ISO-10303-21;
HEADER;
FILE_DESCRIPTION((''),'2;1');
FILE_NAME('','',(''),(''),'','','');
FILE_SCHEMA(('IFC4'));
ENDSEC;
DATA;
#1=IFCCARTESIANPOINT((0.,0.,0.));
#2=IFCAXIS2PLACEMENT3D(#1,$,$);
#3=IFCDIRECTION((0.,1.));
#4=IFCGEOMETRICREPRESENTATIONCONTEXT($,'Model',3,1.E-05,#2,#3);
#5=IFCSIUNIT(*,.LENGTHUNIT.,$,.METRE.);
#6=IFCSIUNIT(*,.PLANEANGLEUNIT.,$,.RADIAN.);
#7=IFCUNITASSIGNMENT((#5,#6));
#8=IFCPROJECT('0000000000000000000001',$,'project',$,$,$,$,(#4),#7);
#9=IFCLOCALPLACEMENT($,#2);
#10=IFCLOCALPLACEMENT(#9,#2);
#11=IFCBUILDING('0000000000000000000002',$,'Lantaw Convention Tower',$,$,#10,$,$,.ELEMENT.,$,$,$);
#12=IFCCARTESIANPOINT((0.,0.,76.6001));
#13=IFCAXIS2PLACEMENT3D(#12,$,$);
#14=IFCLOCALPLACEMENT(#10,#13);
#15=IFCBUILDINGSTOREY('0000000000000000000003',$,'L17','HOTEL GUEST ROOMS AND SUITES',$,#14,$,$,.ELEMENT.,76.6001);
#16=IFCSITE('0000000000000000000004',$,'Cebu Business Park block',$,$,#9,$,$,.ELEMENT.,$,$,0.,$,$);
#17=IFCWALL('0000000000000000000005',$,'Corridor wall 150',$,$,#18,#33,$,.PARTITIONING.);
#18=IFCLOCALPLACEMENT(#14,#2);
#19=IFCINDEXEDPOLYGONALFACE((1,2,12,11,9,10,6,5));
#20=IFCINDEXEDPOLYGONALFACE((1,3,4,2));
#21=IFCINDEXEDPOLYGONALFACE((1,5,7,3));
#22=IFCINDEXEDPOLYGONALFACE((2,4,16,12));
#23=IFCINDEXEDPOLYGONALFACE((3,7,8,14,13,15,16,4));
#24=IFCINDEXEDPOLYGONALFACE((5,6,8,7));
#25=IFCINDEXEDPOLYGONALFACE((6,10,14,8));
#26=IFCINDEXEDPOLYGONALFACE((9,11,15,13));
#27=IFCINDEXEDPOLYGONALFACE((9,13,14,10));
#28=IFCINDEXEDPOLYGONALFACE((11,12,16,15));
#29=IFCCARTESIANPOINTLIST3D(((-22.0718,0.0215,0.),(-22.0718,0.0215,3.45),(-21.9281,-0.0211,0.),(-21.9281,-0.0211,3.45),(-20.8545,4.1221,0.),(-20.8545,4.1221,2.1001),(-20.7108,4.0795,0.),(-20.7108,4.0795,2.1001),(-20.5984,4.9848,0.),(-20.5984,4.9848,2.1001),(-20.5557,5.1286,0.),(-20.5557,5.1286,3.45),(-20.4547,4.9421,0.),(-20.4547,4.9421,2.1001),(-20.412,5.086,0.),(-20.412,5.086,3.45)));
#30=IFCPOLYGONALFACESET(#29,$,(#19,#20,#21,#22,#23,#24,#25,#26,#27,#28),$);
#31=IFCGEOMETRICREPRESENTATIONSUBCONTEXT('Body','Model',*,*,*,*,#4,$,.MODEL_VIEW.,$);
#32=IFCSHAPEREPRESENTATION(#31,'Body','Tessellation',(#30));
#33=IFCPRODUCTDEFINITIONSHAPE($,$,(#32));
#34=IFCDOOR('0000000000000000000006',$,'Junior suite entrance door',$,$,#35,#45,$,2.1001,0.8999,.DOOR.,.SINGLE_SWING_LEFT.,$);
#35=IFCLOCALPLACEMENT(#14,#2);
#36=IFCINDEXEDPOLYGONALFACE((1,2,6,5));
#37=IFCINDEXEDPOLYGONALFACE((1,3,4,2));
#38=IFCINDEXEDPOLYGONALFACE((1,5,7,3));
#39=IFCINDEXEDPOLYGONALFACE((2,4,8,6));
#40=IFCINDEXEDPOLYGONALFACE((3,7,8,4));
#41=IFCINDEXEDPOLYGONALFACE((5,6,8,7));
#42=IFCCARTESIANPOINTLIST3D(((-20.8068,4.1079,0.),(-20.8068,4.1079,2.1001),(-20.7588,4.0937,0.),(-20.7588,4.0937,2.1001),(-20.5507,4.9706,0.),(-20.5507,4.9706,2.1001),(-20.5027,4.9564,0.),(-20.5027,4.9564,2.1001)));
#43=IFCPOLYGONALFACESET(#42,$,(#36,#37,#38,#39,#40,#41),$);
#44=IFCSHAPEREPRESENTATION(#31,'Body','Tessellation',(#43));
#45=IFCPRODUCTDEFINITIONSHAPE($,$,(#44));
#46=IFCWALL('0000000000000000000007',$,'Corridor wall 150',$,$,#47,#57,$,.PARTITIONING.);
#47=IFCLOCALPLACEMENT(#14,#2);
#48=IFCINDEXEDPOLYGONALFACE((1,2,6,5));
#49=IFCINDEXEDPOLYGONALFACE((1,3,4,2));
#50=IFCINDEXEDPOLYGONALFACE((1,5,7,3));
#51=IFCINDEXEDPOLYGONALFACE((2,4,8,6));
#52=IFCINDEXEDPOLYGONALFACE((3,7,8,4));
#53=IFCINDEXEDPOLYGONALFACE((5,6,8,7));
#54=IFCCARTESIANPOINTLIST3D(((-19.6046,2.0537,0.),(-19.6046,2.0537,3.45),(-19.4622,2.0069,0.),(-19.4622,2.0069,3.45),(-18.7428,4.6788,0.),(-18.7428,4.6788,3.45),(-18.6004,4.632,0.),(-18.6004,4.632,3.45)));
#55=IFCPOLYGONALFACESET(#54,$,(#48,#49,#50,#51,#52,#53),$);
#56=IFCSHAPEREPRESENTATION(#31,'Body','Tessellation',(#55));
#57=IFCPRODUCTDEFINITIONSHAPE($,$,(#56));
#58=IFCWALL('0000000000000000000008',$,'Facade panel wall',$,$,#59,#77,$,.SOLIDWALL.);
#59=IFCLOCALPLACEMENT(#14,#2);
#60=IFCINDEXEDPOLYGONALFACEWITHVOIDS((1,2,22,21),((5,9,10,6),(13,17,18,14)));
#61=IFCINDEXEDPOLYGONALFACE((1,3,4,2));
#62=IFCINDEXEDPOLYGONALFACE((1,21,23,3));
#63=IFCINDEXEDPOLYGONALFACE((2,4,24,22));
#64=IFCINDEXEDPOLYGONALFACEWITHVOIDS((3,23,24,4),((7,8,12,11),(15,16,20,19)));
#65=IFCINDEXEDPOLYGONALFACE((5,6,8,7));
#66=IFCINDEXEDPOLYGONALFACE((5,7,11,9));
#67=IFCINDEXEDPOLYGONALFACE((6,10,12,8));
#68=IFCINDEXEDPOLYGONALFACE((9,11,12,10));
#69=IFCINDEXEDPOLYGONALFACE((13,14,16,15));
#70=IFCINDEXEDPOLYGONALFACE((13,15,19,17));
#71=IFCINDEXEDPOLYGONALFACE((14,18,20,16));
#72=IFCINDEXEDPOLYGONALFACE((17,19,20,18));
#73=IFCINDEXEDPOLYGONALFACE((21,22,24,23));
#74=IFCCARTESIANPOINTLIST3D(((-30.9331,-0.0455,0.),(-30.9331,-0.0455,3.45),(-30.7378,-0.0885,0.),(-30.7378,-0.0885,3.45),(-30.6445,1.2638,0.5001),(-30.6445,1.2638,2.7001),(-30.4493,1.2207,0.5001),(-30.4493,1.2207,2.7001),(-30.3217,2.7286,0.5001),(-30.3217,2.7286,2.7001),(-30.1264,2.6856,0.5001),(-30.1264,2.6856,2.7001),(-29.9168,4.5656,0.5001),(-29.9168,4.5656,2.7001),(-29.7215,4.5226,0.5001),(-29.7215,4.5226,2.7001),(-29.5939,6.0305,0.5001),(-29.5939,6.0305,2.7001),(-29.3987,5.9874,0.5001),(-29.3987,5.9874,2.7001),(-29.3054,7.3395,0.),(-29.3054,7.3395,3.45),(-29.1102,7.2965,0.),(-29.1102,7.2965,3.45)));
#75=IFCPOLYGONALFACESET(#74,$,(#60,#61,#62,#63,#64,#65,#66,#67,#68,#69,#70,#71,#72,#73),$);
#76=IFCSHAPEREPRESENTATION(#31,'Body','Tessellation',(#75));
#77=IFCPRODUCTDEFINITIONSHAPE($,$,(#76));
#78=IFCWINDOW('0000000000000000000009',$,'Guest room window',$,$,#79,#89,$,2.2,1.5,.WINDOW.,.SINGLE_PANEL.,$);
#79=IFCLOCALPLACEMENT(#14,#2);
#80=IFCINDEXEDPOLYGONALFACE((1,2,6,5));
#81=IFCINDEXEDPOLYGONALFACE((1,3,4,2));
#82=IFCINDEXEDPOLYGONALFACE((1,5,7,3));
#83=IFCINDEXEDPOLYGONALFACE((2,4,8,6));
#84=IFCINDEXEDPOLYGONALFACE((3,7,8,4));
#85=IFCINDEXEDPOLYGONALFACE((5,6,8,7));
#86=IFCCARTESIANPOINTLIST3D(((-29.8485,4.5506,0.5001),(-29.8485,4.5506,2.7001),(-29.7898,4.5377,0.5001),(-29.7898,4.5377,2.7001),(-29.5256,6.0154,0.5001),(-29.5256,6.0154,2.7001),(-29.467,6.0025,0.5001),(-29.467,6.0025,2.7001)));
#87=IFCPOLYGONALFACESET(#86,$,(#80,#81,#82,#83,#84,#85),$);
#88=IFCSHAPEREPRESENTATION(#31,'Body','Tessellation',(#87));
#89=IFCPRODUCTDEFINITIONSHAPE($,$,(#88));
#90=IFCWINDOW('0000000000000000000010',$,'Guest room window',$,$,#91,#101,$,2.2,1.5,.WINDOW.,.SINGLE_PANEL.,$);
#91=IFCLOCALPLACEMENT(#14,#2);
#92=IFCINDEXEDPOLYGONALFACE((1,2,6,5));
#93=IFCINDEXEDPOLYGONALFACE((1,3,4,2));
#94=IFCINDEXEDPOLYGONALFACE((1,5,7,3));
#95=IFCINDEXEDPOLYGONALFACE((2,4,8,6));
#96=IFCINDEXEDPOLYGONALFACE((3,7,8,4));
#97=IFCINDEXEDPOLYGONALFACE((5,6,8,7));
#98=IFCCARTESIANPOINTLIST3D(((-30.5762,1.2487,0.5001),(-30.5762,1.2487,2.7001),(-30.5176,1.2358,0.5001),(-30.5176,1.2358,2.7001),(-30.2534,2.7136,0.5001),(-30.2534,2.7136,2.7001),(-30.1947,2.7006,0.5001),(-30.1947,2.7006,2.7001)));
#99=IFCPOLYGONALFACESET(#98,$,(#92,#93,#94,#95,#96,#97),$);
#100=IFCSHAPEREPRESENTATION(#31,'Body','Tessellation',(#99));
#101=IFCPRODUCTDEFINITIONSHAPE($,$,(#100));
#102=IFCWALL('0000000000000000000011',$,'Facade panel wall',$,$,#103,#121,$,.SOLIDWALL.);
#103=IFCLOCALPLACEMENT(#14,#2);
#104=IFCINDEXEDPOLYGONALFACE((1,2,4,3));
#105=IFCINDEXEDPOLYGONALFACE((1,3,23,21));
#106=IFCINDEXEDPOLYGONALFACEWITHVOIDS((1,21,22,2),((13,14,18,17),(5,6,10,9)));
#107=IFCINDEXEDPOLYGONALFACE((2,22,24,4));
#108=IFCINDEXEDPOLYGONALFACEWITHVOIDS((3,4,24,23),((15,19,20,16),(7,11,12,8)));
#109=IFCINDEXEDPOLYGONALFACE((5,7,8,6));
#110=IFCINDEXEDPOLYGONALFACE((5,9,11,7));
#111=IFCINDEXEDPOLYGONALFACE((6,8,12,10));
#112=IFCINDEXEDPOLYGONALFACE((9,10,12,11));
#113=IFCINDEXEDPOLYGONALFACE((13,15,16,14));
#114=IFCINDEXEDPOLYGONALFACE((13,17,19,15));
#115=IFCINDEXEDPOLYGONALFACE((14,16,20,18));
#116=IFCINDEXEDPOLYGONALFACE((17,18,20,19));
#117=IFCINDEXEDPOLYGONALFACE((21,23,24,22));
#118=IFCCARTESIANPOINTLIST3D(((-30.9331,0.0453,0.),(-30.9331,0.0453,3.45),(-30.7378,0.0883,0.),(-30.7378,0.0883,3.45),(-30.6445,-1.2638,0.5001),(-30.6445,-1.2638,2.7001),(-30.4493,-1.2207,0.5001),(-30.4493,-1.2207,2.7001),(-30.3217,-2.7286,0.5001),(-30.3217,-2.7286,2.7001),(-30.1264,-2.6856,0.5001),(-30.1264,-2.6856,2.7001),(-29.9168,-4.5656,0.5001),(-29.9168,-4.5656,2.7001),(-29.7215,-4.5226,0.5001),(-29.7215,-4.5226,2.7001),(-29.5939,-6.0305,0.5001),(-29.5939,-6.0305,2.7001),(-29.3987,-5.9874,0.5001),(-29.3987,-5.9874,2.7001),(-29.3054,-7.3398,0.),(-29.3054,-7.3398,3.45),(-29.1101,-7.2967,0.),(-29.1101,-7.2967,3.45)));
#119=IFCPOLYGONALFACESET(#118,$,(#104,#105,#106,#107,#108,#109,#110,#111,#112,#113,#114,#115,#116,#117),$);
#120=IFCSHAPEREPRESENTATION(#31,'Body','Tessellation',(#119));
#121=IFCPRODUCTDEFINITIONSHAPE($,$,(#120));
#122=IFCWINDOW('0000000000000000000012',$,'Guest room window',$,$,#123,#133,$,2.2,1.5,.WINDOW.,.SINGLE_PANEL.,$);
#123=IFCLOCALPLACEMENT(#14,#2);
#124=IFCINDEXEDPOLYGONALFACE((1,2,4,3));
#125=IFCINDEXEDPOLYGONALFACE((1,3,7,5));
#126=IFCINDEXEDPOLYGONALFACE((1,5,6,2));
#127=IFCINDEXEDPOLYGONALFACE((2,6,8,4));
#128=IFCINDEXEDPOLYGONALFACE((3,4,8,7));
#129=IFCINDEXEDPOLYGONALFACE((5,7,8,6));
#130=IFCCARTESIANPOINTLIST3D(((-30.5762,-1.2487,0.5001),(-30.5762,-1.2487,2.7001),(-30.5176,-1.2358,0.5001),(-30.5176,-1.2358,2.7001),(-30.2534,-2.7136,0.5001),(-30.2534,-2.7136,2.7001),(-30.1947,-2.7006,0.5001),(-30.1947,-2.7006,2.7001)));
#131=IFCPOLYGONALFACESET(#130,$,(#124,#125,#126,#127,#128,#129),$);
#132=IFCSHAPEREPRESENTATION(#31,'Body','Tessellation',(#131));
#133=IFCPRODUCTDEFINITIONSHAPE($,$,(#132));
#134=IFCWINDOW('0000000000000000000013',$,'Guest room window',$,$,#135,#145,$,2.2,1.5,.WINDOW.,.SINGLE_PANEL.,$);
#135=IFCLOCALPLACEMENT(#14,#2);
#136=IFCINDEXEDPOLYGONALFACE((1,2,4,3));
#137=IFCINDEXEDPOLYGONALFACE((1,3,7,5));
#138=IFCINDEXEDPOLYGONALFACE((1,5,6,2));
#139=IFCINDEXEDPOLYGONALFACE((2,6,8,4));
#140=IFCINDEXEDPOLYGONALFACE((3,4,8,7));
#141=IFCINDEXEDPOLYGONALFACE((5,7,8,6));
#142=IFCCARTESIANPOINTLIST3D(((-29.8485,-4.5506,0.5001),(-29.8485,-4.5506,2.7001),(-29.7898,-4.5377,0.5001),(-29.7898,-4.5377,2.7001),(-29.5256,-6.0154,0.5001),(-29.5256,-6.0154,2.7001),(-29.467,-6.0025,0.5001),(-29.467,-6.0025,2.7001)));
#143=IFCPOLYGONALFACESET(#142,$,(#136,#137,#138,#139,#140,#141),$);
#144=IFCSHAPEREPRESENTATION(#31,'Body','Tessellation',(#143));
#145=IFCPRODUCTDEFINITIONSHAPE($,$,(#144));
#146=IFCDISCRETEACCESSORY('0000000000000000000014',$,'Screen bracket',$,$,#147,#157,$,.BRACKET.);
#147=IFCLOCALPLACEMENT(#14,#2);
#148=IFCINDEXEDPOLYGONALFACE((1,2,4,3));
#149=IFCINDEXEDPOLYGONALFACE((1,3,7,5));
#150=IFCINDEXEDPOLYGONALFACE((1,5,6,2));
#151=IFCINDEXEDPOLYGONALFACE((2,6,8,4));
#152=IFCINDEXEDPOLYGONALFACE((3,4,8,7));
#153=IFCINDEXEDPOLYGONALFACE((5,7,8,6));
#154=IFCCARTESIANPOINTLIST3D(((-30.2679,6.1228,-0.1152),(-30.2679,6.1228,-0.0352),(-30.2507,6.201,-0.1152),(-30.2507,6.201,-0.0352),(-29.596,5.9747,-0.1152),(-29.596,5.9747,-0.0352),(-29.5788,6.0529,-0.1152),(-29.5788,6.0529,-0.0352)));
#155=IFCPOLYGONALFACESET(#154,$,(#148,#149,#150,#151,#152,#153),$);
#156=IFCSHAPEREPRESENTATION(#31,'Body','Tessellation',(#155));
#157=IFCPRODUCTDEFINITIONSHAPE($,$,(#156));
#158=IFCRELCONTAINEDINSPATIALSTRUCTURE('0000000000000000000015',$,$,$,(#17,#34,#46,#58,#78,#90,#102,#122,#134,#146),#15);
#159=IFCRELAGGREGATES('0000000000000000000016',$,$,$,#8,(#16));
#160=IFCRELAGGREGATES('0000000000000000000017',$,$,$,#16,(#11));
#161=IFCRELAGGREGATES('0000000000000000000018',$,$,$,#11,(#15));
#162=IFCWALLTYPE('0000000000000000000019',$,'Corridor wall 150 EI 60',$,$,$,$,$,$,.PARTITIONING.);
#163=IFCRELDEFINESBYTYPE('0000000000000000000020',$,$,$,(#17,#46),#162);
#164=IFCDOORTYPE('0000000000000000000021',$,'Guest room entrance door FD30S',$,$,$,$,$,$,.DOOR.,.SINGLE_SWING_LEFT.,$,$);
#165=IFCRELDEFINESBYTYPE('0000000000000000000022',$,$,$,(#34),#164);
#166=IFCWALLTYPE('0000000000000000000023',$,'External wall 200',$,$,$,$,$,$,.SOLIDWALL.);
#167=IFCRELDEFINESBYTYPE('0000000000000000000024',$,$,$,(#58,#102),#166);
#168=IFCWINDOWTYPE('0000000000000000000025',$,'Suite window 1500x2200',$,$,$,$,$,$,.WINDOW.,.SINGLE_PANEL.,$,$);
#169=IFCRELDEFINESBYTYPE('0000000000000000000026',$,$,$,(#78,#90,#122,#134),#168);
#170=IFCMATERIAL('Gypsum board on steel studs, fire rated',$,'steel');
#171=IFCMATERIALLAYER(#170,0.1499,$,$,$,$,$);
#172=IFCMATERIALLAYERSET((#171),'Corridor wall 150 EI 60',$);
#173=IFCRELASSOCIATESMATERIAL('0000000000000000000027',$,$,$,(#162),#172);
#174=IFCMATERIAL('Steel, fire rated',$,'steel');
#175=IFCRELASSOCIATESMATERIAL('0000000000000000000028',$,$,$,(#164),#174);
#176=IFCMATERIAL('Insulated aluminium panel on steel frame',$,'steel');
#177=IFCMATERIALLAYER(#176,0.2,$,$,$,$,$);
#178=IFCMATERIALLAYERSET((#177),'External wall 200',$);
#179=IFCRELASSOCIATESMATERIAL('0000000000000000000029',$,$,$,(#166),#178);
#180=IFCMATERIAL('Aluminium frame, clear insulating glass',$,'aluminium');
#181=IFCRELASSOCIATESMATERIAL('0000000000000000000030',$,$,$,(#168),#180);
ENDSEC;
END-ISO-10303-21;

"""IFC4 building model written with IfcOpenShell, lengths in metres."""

from ifc_helpers import new_model, si_unit, direction, frame, frame_2d, origin, origin_2d, place, context, subcontext, project, spatial, rectangle, extrude, material, layer, layer_set, type_object, element, fill, save


model = new_model("IFC4")

# Units and contexts
model_context = context("Model", 3, precision=1e-05, world=origin(), true_north=direction((0.0, 1.0)))
body_context = subcontext(model_context, "Body", "Model", "MODEL_VIEW")
ifc_project = project(units=[si_unit("LENGTHUNIT", "METRE"), si_unit("PLANEANGLEUNIT", "RADIAN")], contexts=[model_context])

# Site, building, storey
site_placement = place(None, origin())
site = spatial("IfcSite", under=ifc_project, at=site_placement, Name="Cebu Business Park block", CompositionType="ELEMENT", RefElevation=0.0)
building_placement = place(site_placement, origin())
building = spatial("IfcBuilding", under=site, at=building_placement, Name="Lantaw Convention Tower", CompositionType="ELEMENT")
storey_placement = place(building_placement, frame((0.0, 0.0, 76.6001)))
storey = spatial("IfcBuildingStorey", under=building, at=storey_placement, Name="L17", Description="HOTEL GUEST ROOMS AND SUITES", CompositionType="ELEMENT", Elevation=76.6001)

# Wall, opening, door
ifc_material_1 = material(Name="Gypsum board on steel studs, fire rated", Category="steel")
ifc_layer_1 = layer(ifc_material_1, 0.1499)
ifc_layer_set_1 = layer_set([ifc_layer_1], Name="Corridor wall 150 EI 60")
wall_type_1 = type_object("IfcWallType", Name="Corridor wall 150 EI 60", PredefinedType="PARTITIONING", material=ifc_layer_set_1)
wall_1_placement = place(storey_placement, frame((-20.4839, 5.1072, 0.0), z_axis=(0.0, 0.0, 1.0), x_axis=(-0.284584, -0.958651, 0.0)))
wall_1 = element("IfcWall", 1, at=wall_1_placement, inside=storey, type_object=wall_type_1, Name="Corridor wall 150", PredefinedType="PARTITIONING", context=body_context, shape_type="SweptSolid", body=[
    extrude(rectangle(XDim=5.3274, YDim=0.1499, at=frame_2d((2.6636, 0.0))), origin(), (0.0, 0.0, 1.0), 3.45),
])
opening_1_placement = place(wall_1_placement, frame((0.1499, 0.0, 0.0)))
opening_1 = element("IfcOpeningElement", 2, at=opening_1_placement, cuts=wall_1, PredefinedType="OPENING", context=body_context, shape_type="SweptSolid", body=[
    extrude(rectangle(XDim=0.8999, YDim=2.1001, at=frame_2d((0.45, 1.05))), frame((0.0, 0.085, 0.0), z_axis=(0.0, -1.0, 0.0), x_axis=(1.0, 0.0, 0.0)), (0.0, 0.0, 1.0), 0.1699),
])
ifc_material_2 = material(Name="Steel, fire rated", Category="steel")
door_type = type_object("IfcDoorType", Name="Guest room entrance door FD30S", OperationType="SINGLE_SWING_LEFT", PredefinedType="DOOR", material=ifc_material_2)
door_placement = place(opening_1_placement, origin())
door = element("IfcDoor", 3, at=door_placement, inside=storey, type_object=door_type, Name="Junior suite entrance door", OperationType="SINGLE_SWING_LEFT", OverallHeight=2.1001, OverallWidth=0.8999, PredefinedType="DOOR", context=body_context, shape_type="SweptSolid", body=[
    extrude(rectangle(XDim=0.8999, YDim=2.1001, at=frame_2d((0.45, 1.05))), frame((0.0, 0.0249, 0.0), z_axis=(0.0, -1.0, 0.0), x_axis=(1.0, 0.0, 0.0)), (0.0, 0.0, 1.0), 0.05),
])
fill(opening_1, door)

# Wall
wall_2_placement = place(storey_placement, frame((-18.6716, 4.6553, 0.0), z_axis=(0.0, 0.0, 1.0), x_axis=(-0.31193, -0.950105, 0.0)))
element("IfcWall", 4, at=wall_2_placement, inside=storey, type_object=wall_type_1, Name="Corridor wall 150", PredefinedType="PARTITIONING", context=body_context, shape_type="SweptSolid", body=[
    extrude(rectangle(XDim=2.7629, YDim=0.1499, at=frame_2d((1.3813, 0.0))), origin(), (0.0, 0.0, 1.0), 3.45),
])

# Walls, openings, windows
ifc_material_3 = material(Name="Insulated aluminium panel on steel frame", Category="steel")
ifc_layer_2 = layer(ifc_material_3, 0.2)
ifc_layer_set_2 = layer_set([ifc_layer_2], Name="External wall 200")
wall_type_2 = type_object("IfcWallType", Name="External wall 200", PredefinedType="SOLIDWALL", material=ifc_layer_set_2)
wall_3_placement = place(storey_placement, frame((-29.2078, 7.3181, 0.0), z_axis=(0.0, 0.0, 1.0), x_axis=(-0.215238, -0.976562, 0.0)))
wall_3 = element("IfcWall", 5, at=wall_3_placement, inside=storey, type_object=wall_type_2, Name="Facade panel wall", PredefinedType="SOLIDWALL", context=body_context, shape_type="SweptSolid", body=[
    extrude(rectangle(XDim=7.5623, YDim=0.2, at=frame_2d((3.7812, 0.0))), origin(), (0.0, 0.0, 1.0), 3.45),
])
opening_2_placement = place(wall_3_placement, frame((1.3406, 0.0, 0.5)))
opening_2 = element("IfcOpeningElement", 6, at=opening_2_placement, cuts=wall_3, PredefinedType="OPENING", context=body_context, shape_type="SweptSolid", body=[
    extrude(rectangle(XDim=1.5, YDim=2.2, at=frame_2d((0.75, 1.1001))), frame((0.0, 0.1099, 0.0), z_axis=(0.0, -1.0, 0.0), x_axis=(1.0, 0.0, 0.0)), (0.0, 0.0, 1.0), 0.22),
])
opening_3_placement = place(wall_3_placement, frame((4.7217, 0.0, 0.5)))
opening_3 = element("IfcOpeningElement", 7, at=opening_3_placement, cuts=wall_3, PredefinedType="OPENING", context=body_context, shape_type="SweptSolid", body=[
    extrude(rectangle(XDim=1.5, YDim=2.2, at=frame_2d((0.75, 1.1001))), frame((0.0, 0.1099, 0.0), z_axis=(0.0, -1.0, 0.0), x_axis=(1.0, 0.0, 0.0)), (0.0, 0.0, 1.0), 0.22),
])
ifc_material_4 = material(Name="Aluminium frame, clear insulating glass", Category="aluminium")
window_type = type_object("IfcWindowType", Name="Suite window 1500x2200", PartitioningType="SINGLE_PANEL", PredefinedType="WINDOW", material=ifc_material_4)
window_1_placement = place(opening_2_placement, origin())
window_1 = element("IfcWindow", 8, at=window_1_placement, inside=storey, type_object=window_type, Name="Guest room window", OverallHeight=2.2, OverallWidth=1.5, PartitioningType="SINGLE_PANEL", PredefinedType="WINDOW", context=body_context, shape_type="SweptSolid", body=[
    extrude(rectangle(XDim=1.5, YDim=2.2, at=frame_2d((0.75, 1.1001))), frame((0.0, 0.03, 0.0), z_axis=(0.0, -1.0, 0.0), x_axis=(1.0, 0.0, 0.0)), (0.0, 0.0, 1.0), 0.0601),
])
fill(opening_2, window_1)
window_2_placement = place(opening_3_placement, origin())
window_2 = element("IfcWindow", 9, at=window_2_placement, inside=storey, type_object=window_type, Name="Guest room window", OverallHeight=2.2, OverallWidth=1.5, PartitioningType="SINGLE_PANEL", PredefinedType="WINDOW", context=body_context, shape_type="SweptSolid", body=[
    extrude(rectangle(XDim=1.5, YDim=2.2, at=frame_2d((0.75, 1.1001))), frame((0.0, 0.03, 0.0), z_axis=(0.0, -1.0, 0.0), x_axis=(1.0, 0.0, 0.0)), (0.0, 0.0, 1.0), 0.0601),
])
fill(opening_3, window_2)
wall_4_placement = place(storey_placement, frame((-30.8354, 0.0669, 0.0), z_axis=(0.0, 0.0, 1.0), x_axis=(0.215238, -0.976562, 0.0)))
wall_4 = element("IfcWall", 10, at=wall_4_placement, inside=storey, type_object=wall_type_2, Name="Facade panel wall", PredefinedType="SOLIDWALL", context=body_context, shape_type="SweptSolid", body=[
    extrude(rectangle(XDim=7.5623, YDim=0.2, at=frame_2d((3.7812, 0.0))), origin(), (0.0, 0.0, 1.0), 3.45),
])
opening_4_placement = place(wall_4_placement, frame((1.3406, 0.0, 0.5)))
opening_4 = element("IfcOpeningElement", 11, at=opening_4_placement, cuts=wall_4, PredefinedType="OPENING", context=body_context, shape_type="SweptSolid", body=[
    extrude(rectangle(XDim=1.5, YDim=2.2, at=frame_2d((0.75, 1.1001))), frame((0.0, 0.1099, 0.0), z_axis=(0.0, -1.0, 0.0), x_axis=(1.0, 0.0, 0.0)), (0.0, 0.0, 1.0), 0.22),
])
opening_5_placement = place(wall_4_placement, frame((4.7217, 0.0, 0.5)))
opening_5 = element("IfcOpeningElement", 12, at=opening_5_placement, cuts=wall_4, PredefinedType="OPENING", context=body_context, shape_type="SweptSolid", body=[
    extrude(rectangle(XDim=1.5, YDim=2.2, at=frame_2d((0.75, 1.1001))), frame((0.0, 0.1099, 0.0), z_axis=(0.0, -1.0, 0.0), x_axis=(1.0, 0.0, 0.0)), (0.0, 0.0, 1.0), 0.22),
])
window_3_placement = place(opening_4_placement, origin())
window_3 = element("IfcWindow", 13, at=window_3_placement, inside=storey, type_object=window_type, Name="Guest room window", OverallHeight=2.2, OverallWidth=1.5, PartitioningType="SINGLE_PANEL", PredefinedType="WINDOW", context=body_context, shape_type="SweptSolid", body=[
    extrude(rectangle(XDim=1.5, YDim=2.2, at=frame_2d((0.75, 1.1001))), frame((0.0, 0.03, 0.0), z_axis=(0.0, -1.0, 0.0), x_axis=(1.0, 0.0, 0.0)), (0.0, 0.0, 1.0), 0.0601),
])
fill(opening_4, window_3)
window_4_placement = place(opening_5_placement, origin())
window_4 = element("IfcWindow", 14, at=window_4_placement, inside=storey, type_object=window_type, Name="Guest room window", OverallHeight=2.2, OverallWidth=1.5, PartitioningType="SINGLE_PANEL", PredefinedType="WINDOW", context=body_context, shape_type="SweptSolid", body=[
    extrude(rectangle(XDim=1.5, YDim=2.2, at=frame_2d((0.75, 1.1001))), frame((0.0, 0.03, 0.0), z_axis=(0.0, -1.0, 0.0), x_axis=(1.0, 0.0, 0.0)), (0.0, 0.0, 1.0), 0.0601),
])
fill(opening_5, window_4)

# Discrete accessory
discrete_accessory_placement = place(storey_placement, frame((-29.9233, 6.0879, -0.1152), z_axis=(0.0, 0.0, 1.0), x_axis=(-0.215246, -0.97656, 0.0)))
element("IfcDiscreteAccessory", 15, at=discrete_accessory_placement, inside=storey, Name="Screen bracket", PredefinedType="BRACKET", context=body_context, shape_type="SweptSolid", body=[
    extrude(rectangle(XDim=0.0801, YDim=0.688, at=origin_2d()), origin(), (0.0, 0.0, 1.0), 0.0801),
])

save(model, "model.ifc")
